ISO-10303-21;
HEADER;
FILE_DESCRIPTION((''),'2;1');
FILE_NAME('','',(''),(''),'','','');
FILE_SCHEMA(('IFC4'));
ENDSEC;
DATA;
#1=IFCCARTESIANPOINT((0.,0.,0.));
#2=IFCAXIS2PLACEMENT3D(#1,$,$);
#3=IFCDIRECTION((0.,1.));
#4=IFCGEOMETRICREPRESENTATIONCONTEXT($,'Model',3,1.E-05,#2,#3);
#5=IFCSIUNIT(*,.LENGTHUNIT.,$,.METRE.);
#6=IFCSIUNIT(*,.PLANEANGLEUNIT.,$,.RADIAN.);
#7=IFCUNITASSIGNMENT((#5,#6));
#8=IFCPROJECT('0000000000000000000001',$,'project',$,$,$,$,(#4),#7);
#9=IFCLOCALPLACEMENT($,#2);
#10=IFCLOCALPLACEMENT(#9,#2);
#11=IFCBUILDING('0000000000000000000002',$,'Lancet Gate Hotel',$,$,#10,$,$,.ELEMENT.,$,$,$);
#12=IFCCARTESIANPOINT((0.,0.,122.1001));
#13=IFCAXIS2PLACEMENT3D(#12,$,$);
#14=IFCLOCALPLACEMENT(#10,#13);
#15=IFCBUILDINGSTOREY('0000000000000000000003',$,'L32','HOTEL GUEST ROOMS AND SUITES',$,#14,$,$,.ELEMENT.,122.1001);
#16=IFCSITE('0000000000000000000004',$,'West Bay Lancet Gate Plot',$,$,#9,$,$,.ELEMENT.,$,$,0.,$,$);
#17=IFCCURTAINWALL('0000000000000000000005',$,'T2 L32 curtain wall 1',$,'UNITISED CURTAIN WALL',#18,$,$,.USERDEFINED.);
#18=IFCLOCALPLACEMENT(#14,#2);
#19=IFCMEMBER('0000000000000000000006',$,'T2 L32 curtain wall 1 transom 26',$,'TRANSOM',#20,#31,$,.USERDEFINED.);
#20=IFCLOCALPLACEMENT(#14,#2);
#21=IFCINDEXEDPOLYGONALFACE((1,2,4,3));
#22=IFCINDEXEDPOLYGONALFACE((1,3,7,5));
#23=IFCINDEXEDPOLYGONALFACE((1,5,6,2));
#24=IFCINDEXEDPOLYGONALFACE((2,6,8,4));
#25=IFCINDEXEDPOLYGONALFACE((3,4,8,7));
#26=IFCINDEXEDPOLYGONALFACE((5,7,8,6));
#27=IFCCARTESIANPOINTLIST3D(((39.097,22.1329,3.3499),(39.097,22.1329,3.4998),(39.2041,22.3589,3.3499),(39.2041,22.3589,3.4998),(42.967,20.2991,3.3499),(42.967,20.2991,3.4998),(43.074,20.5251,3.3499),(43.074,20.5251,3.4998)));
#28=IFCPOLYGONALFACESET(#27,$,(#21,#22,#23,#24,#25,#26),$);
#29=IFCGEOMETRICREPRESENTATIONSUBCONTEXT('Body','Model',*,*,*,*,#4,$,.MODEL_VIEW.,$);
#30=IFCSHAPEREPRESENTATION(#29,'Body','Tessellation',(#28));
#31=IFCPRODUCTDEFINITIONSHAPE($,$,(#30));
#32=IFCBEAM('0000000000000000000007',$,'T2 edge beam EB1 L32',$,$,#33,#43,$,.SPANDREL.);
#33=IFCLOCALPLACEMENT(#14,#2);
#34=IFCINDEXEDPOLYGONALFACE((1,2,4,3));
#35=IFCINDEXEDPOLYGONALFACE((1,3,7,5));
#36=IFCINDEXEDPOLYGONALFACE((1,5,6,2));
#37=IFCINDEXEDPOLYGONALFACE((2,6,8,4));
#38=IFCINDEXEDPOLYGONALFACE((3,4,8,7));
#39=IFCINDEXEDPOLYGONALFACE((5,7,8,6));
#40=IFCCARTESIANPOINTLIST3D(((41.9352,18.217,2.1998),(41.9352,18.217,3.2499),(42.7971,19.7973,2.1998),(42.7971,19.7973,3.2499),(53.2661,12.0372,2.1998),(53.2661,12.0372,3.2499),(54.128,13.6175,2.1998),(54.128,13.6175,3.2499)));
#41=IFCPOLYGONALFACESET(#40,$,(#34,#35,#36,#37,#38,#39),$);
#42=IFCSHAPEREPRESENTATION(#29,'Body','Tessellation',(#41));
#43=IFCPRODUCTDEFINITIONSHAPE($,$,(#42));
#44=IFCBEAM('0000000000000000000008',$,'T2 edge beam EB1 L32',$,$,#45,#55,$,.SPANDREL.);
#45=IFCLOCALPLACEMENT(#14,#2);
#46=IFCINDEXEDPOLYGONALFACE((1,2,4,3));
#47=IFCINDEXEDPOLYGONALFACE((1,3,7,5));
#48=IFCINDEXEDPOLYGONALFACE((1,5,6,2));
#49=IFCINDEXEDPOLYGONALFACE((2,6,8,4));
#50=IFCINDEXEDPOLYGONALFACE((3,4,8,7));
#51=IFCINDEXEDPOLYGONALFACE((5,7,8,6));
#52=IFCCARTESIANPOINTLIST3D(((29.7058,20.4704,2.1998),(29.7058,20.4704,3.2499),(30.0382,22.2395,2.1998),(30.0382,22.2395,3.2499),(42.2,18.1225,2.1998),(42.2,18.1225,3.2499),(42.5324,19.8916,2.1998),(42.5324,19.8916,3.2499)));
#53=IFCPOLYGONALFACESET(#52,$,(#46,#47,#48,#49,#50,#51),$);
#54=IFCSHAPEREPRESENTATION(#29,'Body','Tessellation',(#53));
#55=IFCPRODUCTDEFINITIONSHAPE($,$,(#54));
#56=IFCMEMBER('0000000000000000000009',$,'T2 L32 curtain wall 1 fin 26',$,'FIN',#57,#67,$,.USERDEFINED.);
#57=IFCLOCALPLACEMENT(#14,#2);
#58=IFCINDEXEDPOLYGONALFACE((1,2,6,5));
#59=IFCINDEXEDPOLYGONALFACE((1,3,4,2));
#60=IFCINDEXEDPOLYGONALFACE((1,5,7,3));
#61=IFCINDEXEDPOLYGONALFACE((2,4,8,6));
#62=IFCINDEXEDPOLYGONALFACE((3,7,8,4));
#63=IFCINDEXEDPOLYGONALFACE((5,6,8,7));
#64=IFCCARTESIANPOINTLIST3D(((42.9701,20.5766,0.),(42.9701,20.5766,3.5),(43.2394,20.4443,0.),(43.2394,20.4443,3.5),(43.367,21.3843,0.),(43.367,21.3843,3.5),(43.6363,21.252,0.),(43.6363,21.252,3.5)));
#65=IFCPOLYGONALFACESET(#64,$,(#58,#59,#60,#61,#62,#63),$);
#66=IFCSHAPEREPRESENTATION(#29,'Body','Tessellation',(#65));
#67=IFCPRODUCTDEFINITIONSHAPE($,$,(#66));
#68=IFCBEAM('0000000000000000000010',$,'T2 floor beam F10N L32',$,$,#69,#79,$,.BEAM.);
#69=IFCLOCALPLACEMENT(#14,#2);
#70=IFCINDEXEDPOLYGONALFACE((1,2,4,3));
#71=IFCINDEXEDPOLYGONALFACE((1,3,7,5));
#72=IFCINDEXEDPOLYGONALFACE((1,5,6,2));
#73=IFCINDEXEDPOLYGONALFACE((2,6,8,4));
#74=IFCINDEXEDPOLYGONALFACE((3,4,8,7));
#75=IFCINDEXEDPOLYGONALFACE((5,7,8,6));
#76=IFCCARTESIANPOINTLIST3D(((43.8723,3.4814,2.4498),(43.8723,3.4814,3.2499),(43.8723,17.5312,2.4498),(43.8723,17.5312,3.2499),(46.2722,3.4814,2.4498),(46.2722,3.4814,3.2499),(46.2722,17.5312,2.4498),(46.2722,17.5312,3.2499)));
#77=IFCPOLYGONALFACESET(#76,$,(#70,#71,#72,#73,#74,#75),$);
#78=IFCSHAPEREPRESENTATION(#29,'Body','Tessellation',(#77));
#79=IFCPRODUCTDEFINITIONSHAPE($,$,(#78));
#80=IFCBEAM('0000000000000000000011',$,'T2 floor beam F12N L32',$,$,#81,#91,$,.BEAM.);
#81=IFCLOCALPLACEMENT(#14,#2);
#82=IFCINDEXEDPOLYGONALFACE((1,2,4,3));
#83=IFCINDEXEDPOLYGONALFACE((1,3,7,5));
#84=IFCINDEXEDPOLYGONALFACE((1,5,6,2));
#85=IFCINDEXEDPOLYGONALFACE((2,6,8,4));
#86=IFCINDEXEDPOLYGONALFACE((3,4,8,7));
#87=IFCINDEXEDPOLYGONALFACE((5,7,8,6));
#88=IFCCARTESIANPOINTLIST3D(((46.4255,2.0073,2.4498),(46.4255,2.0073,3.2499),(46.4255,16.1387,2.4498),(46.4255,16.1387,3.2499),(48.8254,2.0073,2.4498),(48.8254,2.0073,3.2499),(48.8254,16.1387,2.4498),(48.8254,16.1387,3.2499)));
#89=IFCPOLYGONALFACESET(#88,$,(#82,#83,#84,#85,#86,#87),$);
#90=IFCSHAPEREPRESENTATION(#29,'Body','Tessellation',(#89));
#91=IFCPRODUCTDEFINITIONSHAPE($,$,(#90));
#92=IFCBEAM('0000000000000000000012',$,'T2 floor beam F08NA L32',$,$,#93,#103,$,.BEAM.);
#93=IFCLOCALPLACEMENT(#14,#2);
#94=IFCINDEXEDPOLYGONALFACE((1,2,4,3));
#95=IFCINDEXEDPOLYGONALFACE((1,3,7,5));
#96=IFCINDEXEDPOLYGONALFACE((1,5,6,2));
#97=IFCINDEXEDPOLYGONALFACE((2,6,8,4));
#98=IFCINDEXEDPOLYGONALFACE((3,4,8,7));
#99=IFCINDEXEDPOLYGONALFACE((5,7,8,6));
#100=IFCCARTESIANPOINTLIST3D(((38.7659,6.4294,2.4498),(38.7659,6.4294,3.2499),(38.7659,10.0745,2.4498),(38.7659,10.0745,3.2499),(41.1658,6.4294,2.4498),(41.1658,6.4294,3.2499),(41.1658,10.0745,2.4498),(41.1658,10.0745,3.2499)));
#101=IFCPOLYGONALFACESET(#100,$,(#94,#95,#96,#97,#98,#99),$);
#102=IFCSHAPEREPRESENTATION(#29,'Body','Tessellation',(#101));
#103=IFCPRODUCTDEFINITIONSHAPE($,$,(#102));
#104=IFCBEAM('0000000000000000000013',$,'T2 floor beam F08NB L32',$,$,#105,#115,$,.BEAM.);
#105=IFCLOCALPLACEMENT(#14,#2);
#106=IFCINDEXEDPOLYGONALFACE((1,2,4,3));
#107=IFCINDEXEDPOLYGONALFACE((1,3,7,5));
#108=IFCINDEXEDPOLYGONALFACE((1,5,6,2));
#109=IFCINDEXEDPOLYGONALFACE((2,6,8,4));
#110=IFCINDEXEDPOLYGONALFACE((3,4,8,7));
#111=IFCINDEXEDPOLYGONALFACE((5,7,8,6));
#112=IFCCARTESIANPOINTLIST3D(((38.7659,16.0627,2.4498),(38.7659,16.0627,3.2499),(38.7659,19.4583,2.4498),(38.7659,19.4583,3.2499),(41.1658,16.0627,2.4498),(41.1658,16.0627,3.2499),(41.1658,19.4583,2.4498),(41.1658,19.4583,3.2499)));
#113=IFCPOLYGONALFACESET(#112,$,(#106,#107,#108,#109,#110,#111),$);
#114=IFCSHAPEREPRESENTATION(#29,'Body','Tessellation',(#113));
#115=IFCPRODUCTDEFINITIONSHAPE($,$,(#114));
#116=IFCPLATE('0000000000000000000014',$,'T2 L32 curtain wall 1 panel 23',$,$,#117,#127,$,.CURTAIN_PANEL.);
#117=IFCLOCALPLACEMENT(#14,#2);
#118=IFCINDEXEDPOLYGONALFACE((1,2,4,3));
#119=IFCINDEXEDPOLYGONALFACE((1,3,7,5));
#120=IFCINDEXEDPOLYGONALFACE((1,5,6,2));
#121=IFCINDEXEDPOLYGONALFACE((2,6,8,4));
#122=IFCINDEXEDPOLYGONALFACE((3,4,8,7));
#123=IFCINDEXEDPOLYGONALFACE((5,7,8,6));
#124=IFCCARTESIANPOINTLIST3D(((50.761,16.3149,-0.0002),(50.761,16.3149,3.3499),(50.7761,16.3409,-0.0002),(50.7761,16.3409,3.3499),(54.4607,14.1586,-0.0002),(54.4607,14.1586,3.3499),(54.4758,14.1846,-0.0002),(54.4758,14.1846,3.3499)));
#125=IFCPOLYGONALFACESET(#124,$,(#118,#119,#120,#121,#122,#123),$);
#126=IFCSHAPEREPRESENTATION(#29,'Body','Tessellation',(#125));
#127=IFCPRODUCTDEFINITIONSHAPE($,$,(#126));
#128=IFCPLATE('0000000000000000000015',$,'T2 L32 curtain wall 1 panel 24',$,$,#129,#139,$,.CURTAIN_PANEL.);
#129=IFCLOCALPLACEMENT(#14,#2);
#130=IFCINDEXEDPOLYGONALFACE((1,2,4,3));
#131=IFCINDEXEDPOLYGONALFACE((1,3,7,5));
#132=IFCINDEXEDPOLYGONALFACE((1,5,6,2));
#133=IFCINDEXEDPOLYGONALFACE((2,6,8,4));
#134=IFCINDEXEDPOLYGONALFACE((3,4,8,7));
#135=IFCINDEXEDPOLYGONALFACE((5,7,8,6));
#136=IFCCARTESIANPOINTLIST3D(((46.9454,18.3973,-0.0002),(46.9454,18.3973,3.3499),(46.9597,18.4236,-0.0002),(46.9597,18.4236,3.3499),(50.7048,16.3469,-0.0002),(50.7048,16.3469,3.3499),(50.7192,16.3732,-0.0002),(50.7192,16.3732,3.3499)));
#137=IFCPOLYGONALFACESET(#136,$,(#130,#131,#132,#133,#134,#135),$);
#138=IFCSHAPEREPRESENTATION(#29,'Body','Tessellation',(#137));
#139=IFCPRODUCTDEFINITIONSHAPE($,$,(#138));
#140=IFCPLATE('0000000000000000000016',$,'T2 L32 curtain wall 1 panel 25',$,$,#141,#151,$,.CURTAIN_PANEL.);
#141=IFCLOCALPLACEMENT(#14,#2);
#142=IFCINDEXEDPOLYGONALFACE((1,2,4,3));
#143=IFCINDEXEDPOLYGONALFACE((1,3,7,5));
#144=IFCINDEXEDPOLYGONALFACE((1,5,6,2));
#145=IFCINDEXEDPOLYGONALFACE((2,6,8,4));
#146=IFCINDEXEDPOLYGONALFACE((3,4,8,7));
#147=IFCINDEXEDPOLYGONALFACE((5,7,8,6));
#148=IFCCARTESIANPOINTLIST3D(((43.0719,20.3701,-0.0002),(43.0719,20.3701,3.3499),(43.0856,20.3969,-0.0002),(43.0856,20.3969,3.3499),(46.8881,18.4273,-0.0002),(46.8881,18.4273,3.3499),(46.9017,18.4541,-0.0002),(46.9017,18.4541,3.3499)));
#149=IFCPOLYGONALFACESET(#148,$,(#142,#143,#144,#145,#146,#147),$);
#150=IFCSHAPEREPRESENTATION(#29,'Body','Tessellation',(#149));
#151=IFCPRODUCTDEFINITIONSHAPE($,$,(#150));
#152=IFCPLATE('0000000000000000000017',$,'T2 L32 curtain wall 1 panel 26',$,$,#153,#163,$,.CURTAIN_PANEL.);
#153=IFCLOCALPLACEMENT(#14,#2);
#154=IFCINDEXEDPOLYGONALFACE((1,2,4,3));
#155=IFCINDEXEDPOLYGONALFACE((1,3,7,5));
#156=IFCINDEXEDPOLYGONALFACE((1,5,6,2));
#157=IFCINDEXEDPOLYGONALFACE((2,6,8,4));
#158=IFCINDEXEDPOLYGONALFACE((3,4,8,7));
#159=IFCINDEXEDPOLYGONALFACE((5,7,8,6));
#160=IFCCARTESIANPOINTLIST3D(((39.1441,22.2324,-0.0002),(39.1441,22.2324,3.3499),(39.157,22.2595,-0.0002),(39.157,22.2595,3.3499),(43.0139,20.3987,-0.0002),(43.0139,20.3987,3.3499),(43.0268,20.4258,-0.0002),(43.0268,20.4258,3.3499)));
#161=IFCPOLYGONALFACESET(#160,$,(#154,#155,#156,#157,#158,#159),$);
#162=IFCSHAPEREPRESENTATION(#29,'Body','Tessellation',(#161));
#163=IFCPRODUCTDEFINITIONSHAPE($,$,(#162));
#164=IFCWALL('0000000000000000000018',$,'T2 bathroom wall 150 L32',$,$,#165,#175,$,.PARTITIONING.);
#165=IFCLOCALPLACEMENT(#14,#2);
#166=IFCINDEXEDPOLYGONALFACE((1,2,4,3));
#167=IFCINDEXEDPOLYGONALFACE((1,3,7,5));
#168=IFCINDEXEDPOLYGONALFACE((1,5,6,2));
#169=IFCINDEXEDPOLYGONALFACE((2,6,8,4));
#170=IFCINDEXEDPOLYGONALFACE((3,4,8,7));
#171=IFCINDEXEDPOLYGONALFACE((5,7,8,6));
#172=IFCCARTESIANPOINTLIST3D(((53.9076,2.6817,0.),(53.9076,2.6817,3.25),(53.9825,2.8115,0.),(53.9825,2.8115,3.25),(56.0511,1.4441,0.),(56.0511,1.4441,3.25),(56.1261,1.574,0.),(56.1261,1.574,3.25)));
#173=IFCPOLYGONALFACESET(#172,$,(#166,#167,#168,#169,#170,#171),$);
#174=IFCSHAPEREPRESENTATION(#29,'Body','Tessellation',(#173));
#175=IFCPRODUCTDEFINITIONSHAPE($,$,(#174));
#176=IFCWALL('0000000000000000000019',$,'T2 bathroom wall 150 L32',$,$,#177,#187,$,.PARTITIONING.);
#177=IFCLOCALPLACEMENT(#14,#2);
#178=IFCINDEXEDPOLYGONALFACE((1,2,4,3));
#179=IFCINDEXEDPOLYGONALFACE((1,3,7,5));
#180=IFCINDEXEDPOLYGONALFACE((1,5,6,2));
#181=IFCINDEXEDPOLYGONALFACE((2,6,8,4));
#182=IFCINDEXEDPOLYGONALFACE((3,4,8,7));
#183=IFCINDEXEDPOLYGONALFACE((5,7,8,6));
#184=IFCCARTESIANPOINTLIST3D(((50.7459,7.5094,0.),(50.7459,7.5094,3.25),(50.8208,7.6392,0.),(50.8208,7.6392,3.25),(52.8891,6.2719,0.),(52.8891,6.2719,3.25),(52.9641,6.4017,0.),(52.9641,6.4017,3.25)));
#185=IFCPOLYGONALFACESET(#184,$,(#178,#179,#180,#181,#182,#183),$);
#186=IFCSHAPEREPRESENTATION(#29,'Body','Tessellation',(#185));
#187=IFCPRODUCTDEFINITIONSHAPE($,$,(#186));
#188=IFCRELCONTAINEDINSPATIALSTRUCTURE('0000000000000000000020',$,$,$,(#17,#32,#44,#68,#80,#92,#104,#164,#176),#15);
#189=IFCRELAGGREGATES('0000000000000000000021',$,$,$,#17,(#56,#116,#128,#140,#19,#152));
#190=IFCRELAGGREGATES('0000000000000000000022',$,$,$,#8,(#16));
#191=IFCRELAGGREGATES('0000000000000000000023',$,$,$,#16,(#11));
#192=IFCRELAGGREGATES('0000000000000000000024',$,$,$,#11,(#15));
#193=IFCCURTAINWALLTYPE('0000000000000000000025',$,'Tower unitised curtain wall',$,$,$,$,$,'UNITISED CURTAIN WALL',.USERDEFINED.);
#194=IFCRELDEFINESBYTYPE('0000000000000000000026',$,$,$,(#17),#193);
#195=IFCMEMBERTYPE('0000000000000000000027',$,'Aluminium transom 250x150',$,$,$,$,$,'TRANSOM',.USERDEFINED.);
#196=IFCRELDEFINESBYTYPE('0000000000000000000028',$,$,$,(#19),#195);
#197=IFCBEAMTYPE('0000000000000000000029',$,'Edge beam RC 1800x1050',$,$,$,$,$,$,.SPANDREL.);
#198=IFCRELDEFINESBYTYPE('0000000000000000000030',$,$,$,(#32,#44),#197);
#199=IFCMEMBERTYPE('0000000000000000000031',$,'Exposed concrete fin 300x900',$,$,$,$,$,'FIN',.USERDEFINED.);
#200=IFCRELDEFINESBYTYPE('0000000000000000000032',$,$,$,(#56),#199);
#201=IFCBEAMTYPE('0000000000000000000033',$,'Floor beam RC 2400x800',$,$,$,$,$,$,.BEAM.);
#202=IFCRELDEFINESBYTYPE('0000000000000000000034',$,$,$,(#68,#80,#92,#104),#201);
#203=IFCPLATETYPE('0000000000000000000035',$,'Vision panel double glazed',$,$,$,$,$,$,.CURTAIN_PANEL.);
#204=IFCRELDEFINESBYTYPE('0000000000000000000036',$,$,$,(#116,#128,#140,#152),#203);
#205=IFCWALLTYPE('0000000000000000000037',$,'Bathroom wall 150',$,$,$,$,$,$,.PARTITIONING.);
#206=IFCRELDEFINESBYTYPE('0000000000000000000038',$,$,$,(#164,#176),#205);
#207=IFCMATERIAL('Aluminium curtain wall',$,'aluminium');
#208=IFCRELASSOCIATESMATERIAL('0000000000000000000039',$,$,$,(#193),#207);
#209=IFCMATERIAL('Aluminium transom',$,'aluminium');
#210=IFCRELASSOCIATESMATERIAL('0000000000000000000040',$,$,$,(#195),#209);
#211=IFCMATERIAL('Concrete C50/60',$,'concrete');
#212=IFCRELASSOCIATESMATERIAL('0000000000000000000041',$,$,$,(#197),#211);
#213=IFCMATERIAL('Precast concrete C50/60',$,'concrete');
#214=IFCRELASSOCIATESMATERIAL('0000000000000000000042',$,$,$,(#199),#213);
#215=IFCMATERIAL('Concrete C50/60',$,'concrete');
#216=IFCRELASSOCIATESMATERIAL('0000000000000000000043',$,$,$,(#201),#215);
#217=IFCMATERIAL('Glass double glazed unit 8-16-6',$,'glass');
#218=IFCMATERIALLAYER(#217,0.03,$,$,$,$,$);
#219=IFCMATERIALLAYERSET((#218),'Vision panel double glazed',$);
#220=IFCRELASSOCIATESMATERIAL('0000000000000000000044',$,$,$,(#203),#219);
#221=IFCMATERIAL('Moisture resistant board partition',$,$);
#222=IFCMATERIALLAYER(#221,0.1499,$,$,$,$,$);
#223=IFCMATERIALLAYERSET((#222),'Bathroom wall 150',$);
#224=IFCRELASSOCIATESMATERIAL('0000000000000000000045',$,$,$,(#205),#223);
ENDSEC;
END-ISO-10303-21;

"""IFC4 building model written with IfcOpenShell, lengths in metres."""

from ifc_helpers import new_model, si_unit, direction, frame, frame_2d, origin, origin_2d, place, context, subcontext, project, spatial, rectangle, extrude, material, layer, layer_set, material_profile, profile_set, type_object, element, aggregate, save


model = new_model("IFC4")

# Units and contexts
model_context = context("Model", 3, precision=1e-05, world=origin(), true_north=direction((0.0, 1.0)))
body_context = subcontext(model_context, "Body", "Model", "MODEL_VIEW")
ifc_project = project(units=[si_unit("LENGTHUNIT", "METRE"), si_unit("PLANEANGLEUNIT", "RADIAN")], contexts=[model_context])

# Site, building, storey
site_placement = place(None, origin())
site = spatial("IfcSite", under=ifc_project, at=site_placement, Name="West Bay Lancet Gate Plot", CompositionType="ELEMENT", RefElevation=0.0)
building_placement = place(site_placement, origin())
building = spatial("IfcBuilding", under=site, at=building_placement, Name="Lancet Gate Hotel", CompositionType="ELEMENT")
storey_placement = place(building_placement, frame((0.0, 0.0, 122.1001)))
storey = spatial("IfcBuildingStorey", under=building, at=storey_placement, Name="L32", Description="HOTEL GUEST ROOMS AND SUITES", CompositionType="ELEMENT", Elevation=122.1001)

# Curtain wall, member
ifc_material_1 = material(Name="Aluminium curtain wall", Category="aluminium")
curtain_wall_type = type_object("IfcCurtainWallType", Name="Tower unitised curtain wall", ElementType="UNITISED CURTAIN WALL", PredefinedType="USERDEFINED", material=ifc_material_1)
curtain_wall_placement = place(storey_placement, origin())
curtain_wall = element("IfcCurtainWall", 1, at=curtain_wall_placement, inside=storey, type_object=curtain_wall_type, Name="T2 L32 curtain wall 1", ObjectType="UNITISED CURTAIN WALL", PredefinedType="USERDEFINED")
ifc_material_2 = material(Name="Aluminium transom", Category="aluminium")
ifc_material_profile_1 = material_profile(ifc_material_2, rectangle(XDim=0.25, YDim=0.1499, at=origin_2d()), Name="TRANSOM 250x150")
ifc_profile_set_1 = profile_set([ifc_material_profile_1], Name="Aluminium transom")
member_type_1 = type_object("IfcMemberType", Name="Aluminium transom 250x150", ElementType="TRANSOM", PredefinedType="USERDEFINED", material=ifc_profile_set_1)
member_1_placement = place(storey_placement, frame((43.0205, 20.4121, 3.4248), z_axis=(-0.90368, 0.428209, 0.0), x_axis=(-0.428209, -0.90368, 0.0)))
member_1 = element("IfcMember", 2, at=member_1_placement, type_object=member_type_1, Name="T2 L32 curtain wall 1 transom 26", ObjectType="TRANSOM", PredefinedType="USERDEFINED", context=body_context, shape_type="SweptSolid", body=[
    extrude(rectangle(XDim=0.25, YDim=0.1499, at=origin_2d()), origin(), (0.0, 0.0, 1.0), 4.2825),
])

# Beams
ifc_material_3 = material(Name="Concrete C50/60", Category="concrete")
ifc_material_profile_2 = material_profile(ifc_material_3, rectangle(XDim=1.8, YDim=1.05, at=origin_2d()), Name="RC 1800x1050")
ifc_profile_set_2 = profile_set([ifc_material_profile_2], Name="Concrete C50/60")
beam_type_1 = type_object("IfcBeamType", Name="Edge beam RC 1800x1050", PredefinedType="SPANDREL", material=ifc_profile_set_2)
beam_1_placement = place(storey_placement, frame((53.697, 12.8274, 2.7249), z_axis=(-0.87792, 0.478807, 0.0), x_axis=(-0.478807, -0.87792, 0.0)))
element("IfcBeam", 3, at=beam_1_placement, inside=storey, type_object=beam_type_1, Name="T2 edge beam EB1 L32", PredefinedType="SPANDREL", context=body_context, shape_type="SweptSolid", body=[
    extrude(rectangle(XDim=1.8, YDim=1.05, at=origin_2d()), origin(), (0.0, 0.0, 1.0), 12.9065),
])
beam_2_placement = place(storey_placement, frame((42.3662, 19.0071, 2.7249), z_axis=(-0.982797, 0.184687, 0.0), x_axis=(-0.184687, -0.982797, 0.0)))
element("IfcBeam", 4, at=beam_2_placement, inside=storey, type_object=beam_type_1, Name="T2 edge beam EB1 L32", PredefinedType="SPANDREL", context=body_context, shape_type="SweptSolid", body=[
    extrude(rectangle(XDim=1.8, YDim=1.05, at=origin_2d()), origin(), (0.0, 0.0, 1.0), 12.7129),
])

# Member
ifc_material_4 = material(Name="Precast concrete C50/60", Category="concrete")
ifc_material_profile_3 = material_profile(ifc_material_4, rectangle(XDim=0.3, YDim=0.8999, at=origin_2d()), Name="FIN 300x900")
ifc_profile_set_3 = profile_set([ifc_material_profile_3], Name="Precast concrete C50/60")
member_type_2 = type_object("IfcMemberType", Name="Exposed concrete fin 300x900", ElementType="FIN", PredefinedType="USERDEFINED", material=ifc_profile_set_3)
member_2_placement = place(storey_placement, frame((43.3032, 20.9143, 0.0), z_axis=(0.0, 0.0, 1.0), x_axis=(-0.897512, 0.44099, 0.0)))
member_2 = element("IfcMember", 5, at=member_2_placement, type_object=member_type_2, Name="T2 L32 curtain wall 1 fin 26", ObjectType="FIN", PredefinedType="USERDEFINED", context=body_context, shape_type="SweptSolid", body=[
    extrude(rectangle(XDim=0.3, YDim=0.8999, at=origin_2d()), origin(), (0.0, 0.0, 1.0), 3.5),
])

# Beams
ifc_material_5 = material(Name="Concrete C50/60", Category="concrete")
ifc_material_profile_4 = material_profile(ifc_material_5, rectangle(XDim=2.3999, YDim=0.8, at=origin_2d()), Name="RC 2400x800")
ifc_profile_set_4 = profile_set([ifc_material_profile_4], Name="Concrete C50/60")
beam_type_2 = type_object("IfcBeamType", Name="Floor beam RC 2400x800", PredefinedType="BEAM", material=ifc_profile_set_4)
beam_3_placement = place(storey_placement, frame((45.0723, 3.4814, 2.8499), z_axis=(0.0, 1.0, 0.0), x_axis=(-1.0, 0.0, 0.0)))
element("IfcBeam", 6, at=beam_3_placement, inside=storey, type_object=beam_type_2, Name="T2 floor beam F10N L32", PredefinedType="BEAM", context=body_context, shape_type="SweptSolid", body=[
    extrude(rectangle(XDim=2.3999, YDim=0.8, at=origin_2d()), origin(), (0.0, 0.0, 1.0), 14.0498),
])
beam_4_placement = place(storey_placement, frame((47.6255, 2.0073, 2.8499), z_axis=(0.0, 1.0, 0.0), x_axis=(-1.0, 0.0, 0.0)))
element("IfcBeam", 7, at=beam_4_placement, inside=storey, type_object=beam_type_2, Name="T2 floor beam F12N L32", PredefinedType="BEAM", context=body_context, shape_type="SweptSolid", body=[
    extrude(rectangle(XDim=2.3999, YDim=0.8, at=origin_2d()), origin(), (0.0, 0.0, 1.0), 14.1313),
])
beam_5_placement = place(storey_placement, frame((39.9658, 6.4294, 2.8499), z_axis=(0.0, 1.0, 0.0), x_axis=(-1.0, 0.0, 0.0)))
element("IfcBeam", 8, at=beam_5_placement, inside=storey, type_object=beam_type_2, Name="T2 floor beam F08NA L32", PredefinedType="BEAM", context=body_context, shape_type="SweptSolid", body=[
    extrude(rectangle(XDim=2.3999, YDim=0.8, at=origin_2d()), origin(), (0.0, 0.0, 1.0), 3.645),
])
beam_6_placement = place(storey_placement, frame((39.9658, 16.0627, 2.8499), z_axis=(0.0, 1.0, 0.0), x_axis=(-1.0, 0.0, 0.0)))
element("IfcBeam", 9, at=beam_6_placement, inside=storey, type_object=beam_type_2, Name="T2 floor beam F08NB L32", PredefinedType="BEAM", context=body_context, shape_type="SweptSolid", body=[
    extrude(rectangle(XDim=2.3999, YDim=0.8, at=origin_2d()), origin(), (0.0, 0.0, 1.0), 3.3955),
])

# Plates
ifc_material_6 = material(Name="Glass double glazed unit 8-16-6", Category="glass")
ifc_layer_1 = layer(ifc_material_6, 0.03)
ifc_layer_set_1 = layer_set([ifc_layer_1], Name="Vision panel double glazed")
plate_type = type_object("IfcPlateType", Name="Vision panel double glazed", PredefinedType="CURTAIN_PANEL", material=ifc_layer_set_1)
plate_1_placement = place(storey_placement, frame((52.6184, 15.2498, -0.0002), z_axis=(0.0, 0.0, 1.0), x_axis=(-0.863966, 0.503551, 0.0)))
plate_1 = element("IfcPlate", 10, at=plate_1_placement, type_object=plate_type, Name="T2 L32 curtain wall 1 panel 23", PredefinedType="CURTAIN_PANEL", context=body_context, shape_type="SweptSolid", body=[
    extrude(rectangle(XDim=4.2822, YDim=0.03, at=origin_2d()), origin(), (0.0, 0.0, 1.0), 3.3501),
])
plate_2_placement = place(storey_placement, frame((48.8323, 17.3853, -0.0002), z_axis=(0.0, 0.0, 1.0), x_axis=(-0.877916, 0.478814, 0.0)))
plate_2 = element("IfcPlate", 11, at=plate_2_placement, type_object=plate_type, Name="T2 L32 curtain wall 1 panel 24", PredefinedType="CURTAIN_PANEL", context=body_context, shape_type="SweptSolid", body=[
    extrude(rectangle(XDim=4.2822, YDim=0.03, at=origin_2d()), origin(), (0.0, 0.0, 1.0), 3.3501),
])
plate_3_placement = place(storey_placement, frame((44.9868, 19.4121, -0.0002), z_axis=(0.0, 0.0, 1.0), x_axis=(-0.891159, 0.45369, 0.0)))
plate_3 = element("IfcPlate", 12, at=plate_3_placement, type_object=plate_type, Name="T2 L32 curtain wall 1 panel 25", PredefinedType="CURTAIN_PANEL", context=body_context, shape_type="SweptSolid", body=[
    extrude(rectangle(XDim=4.2822, YDim=0.03, at=origin_2d()), origin(), (0.0, 0.0, 1.0), 3.3501),
])
plate_4_placement = place(storey_placement, frame((41.0854, 21.3291, -0.0002), z_axis=(0.0, 0.0, 1.0), x_axis=(-0.903683, 0.428201, 0.0)))
plate_4 = element("IfcPlate", 13, at=plate_4_placement, type_object=plate_type, Name="T2 L32 curtain wall 1 panel 26", PredefinedType="CURTAIN_PANEL", context=body_context, shape_type="SweptSolid", body=[
    extrude(rectangle(XDim=4.2822, YDim=0.03, at=origin_2d()), origin(), (0.0, 0.0, 1.0), 3.3501),
])
aggregate(curtain_wall, [member_2, plate_1, plate_2, plate_3, member_1, plate_4])

# Walls
ifc_material_7 = material(Name="Moisture resistant board partition")
ifc_layer_2 = layer(ifc_material_7, 0.1499)
ifc_layer_set_2 = layer_set([ifc_layer_2], Name="Bathroom wall 150")
wall_type_1 = type_object("IfcWallType", Name="Bathroom wall 150", PredefinedType="PARTITIONING", material=ifc_layer_set_2)
wall_1_placement = place(storey_placement, frame((53.9451, 2.7466, 0.0), z_axis=(0.0, 0.0, 1.0), x_axis=(0.866031, -0.49999, 0.0)))
element("IfcWall", 14, at=wall_1_placement, inside=storey, type_object=wall_type_1, Name="T2 bathroom wall 150 L32", PredefinedType="PARTITIONING", context=body_context, shape_type="SweptSolid", body=[
    extrude(rectangle(XDim=2.4751, YDim=0.1499, at=frame_2d((1.2375, 0.0))), origin(), (0.0, 0.0, 1.0), 3.25),
])
wall_2_placement = place(storey_placement, frame((50.7834, 7.5742, 0.0), z_axis=(0.0, 0.0, 1.0), x_axis=(0.866007, -0.500033, 0.0)))
element("IfcWall", 15, at=wall_2_placement, inside=storey, type_object=wall_type_1, Name="T2 bathroom wall 150 L32", PredefinedType="PARTITIONING", context=body_context, shape_type="SweptSolid", body=[
    extrude(rectangle(XDim=2.4749, YDim=0.1499, at=frame_2d((1.2373, 0.0))), origin(), (0.0, 0.0, 1.0), 3.25),
])

save(model, "model.ifc")
